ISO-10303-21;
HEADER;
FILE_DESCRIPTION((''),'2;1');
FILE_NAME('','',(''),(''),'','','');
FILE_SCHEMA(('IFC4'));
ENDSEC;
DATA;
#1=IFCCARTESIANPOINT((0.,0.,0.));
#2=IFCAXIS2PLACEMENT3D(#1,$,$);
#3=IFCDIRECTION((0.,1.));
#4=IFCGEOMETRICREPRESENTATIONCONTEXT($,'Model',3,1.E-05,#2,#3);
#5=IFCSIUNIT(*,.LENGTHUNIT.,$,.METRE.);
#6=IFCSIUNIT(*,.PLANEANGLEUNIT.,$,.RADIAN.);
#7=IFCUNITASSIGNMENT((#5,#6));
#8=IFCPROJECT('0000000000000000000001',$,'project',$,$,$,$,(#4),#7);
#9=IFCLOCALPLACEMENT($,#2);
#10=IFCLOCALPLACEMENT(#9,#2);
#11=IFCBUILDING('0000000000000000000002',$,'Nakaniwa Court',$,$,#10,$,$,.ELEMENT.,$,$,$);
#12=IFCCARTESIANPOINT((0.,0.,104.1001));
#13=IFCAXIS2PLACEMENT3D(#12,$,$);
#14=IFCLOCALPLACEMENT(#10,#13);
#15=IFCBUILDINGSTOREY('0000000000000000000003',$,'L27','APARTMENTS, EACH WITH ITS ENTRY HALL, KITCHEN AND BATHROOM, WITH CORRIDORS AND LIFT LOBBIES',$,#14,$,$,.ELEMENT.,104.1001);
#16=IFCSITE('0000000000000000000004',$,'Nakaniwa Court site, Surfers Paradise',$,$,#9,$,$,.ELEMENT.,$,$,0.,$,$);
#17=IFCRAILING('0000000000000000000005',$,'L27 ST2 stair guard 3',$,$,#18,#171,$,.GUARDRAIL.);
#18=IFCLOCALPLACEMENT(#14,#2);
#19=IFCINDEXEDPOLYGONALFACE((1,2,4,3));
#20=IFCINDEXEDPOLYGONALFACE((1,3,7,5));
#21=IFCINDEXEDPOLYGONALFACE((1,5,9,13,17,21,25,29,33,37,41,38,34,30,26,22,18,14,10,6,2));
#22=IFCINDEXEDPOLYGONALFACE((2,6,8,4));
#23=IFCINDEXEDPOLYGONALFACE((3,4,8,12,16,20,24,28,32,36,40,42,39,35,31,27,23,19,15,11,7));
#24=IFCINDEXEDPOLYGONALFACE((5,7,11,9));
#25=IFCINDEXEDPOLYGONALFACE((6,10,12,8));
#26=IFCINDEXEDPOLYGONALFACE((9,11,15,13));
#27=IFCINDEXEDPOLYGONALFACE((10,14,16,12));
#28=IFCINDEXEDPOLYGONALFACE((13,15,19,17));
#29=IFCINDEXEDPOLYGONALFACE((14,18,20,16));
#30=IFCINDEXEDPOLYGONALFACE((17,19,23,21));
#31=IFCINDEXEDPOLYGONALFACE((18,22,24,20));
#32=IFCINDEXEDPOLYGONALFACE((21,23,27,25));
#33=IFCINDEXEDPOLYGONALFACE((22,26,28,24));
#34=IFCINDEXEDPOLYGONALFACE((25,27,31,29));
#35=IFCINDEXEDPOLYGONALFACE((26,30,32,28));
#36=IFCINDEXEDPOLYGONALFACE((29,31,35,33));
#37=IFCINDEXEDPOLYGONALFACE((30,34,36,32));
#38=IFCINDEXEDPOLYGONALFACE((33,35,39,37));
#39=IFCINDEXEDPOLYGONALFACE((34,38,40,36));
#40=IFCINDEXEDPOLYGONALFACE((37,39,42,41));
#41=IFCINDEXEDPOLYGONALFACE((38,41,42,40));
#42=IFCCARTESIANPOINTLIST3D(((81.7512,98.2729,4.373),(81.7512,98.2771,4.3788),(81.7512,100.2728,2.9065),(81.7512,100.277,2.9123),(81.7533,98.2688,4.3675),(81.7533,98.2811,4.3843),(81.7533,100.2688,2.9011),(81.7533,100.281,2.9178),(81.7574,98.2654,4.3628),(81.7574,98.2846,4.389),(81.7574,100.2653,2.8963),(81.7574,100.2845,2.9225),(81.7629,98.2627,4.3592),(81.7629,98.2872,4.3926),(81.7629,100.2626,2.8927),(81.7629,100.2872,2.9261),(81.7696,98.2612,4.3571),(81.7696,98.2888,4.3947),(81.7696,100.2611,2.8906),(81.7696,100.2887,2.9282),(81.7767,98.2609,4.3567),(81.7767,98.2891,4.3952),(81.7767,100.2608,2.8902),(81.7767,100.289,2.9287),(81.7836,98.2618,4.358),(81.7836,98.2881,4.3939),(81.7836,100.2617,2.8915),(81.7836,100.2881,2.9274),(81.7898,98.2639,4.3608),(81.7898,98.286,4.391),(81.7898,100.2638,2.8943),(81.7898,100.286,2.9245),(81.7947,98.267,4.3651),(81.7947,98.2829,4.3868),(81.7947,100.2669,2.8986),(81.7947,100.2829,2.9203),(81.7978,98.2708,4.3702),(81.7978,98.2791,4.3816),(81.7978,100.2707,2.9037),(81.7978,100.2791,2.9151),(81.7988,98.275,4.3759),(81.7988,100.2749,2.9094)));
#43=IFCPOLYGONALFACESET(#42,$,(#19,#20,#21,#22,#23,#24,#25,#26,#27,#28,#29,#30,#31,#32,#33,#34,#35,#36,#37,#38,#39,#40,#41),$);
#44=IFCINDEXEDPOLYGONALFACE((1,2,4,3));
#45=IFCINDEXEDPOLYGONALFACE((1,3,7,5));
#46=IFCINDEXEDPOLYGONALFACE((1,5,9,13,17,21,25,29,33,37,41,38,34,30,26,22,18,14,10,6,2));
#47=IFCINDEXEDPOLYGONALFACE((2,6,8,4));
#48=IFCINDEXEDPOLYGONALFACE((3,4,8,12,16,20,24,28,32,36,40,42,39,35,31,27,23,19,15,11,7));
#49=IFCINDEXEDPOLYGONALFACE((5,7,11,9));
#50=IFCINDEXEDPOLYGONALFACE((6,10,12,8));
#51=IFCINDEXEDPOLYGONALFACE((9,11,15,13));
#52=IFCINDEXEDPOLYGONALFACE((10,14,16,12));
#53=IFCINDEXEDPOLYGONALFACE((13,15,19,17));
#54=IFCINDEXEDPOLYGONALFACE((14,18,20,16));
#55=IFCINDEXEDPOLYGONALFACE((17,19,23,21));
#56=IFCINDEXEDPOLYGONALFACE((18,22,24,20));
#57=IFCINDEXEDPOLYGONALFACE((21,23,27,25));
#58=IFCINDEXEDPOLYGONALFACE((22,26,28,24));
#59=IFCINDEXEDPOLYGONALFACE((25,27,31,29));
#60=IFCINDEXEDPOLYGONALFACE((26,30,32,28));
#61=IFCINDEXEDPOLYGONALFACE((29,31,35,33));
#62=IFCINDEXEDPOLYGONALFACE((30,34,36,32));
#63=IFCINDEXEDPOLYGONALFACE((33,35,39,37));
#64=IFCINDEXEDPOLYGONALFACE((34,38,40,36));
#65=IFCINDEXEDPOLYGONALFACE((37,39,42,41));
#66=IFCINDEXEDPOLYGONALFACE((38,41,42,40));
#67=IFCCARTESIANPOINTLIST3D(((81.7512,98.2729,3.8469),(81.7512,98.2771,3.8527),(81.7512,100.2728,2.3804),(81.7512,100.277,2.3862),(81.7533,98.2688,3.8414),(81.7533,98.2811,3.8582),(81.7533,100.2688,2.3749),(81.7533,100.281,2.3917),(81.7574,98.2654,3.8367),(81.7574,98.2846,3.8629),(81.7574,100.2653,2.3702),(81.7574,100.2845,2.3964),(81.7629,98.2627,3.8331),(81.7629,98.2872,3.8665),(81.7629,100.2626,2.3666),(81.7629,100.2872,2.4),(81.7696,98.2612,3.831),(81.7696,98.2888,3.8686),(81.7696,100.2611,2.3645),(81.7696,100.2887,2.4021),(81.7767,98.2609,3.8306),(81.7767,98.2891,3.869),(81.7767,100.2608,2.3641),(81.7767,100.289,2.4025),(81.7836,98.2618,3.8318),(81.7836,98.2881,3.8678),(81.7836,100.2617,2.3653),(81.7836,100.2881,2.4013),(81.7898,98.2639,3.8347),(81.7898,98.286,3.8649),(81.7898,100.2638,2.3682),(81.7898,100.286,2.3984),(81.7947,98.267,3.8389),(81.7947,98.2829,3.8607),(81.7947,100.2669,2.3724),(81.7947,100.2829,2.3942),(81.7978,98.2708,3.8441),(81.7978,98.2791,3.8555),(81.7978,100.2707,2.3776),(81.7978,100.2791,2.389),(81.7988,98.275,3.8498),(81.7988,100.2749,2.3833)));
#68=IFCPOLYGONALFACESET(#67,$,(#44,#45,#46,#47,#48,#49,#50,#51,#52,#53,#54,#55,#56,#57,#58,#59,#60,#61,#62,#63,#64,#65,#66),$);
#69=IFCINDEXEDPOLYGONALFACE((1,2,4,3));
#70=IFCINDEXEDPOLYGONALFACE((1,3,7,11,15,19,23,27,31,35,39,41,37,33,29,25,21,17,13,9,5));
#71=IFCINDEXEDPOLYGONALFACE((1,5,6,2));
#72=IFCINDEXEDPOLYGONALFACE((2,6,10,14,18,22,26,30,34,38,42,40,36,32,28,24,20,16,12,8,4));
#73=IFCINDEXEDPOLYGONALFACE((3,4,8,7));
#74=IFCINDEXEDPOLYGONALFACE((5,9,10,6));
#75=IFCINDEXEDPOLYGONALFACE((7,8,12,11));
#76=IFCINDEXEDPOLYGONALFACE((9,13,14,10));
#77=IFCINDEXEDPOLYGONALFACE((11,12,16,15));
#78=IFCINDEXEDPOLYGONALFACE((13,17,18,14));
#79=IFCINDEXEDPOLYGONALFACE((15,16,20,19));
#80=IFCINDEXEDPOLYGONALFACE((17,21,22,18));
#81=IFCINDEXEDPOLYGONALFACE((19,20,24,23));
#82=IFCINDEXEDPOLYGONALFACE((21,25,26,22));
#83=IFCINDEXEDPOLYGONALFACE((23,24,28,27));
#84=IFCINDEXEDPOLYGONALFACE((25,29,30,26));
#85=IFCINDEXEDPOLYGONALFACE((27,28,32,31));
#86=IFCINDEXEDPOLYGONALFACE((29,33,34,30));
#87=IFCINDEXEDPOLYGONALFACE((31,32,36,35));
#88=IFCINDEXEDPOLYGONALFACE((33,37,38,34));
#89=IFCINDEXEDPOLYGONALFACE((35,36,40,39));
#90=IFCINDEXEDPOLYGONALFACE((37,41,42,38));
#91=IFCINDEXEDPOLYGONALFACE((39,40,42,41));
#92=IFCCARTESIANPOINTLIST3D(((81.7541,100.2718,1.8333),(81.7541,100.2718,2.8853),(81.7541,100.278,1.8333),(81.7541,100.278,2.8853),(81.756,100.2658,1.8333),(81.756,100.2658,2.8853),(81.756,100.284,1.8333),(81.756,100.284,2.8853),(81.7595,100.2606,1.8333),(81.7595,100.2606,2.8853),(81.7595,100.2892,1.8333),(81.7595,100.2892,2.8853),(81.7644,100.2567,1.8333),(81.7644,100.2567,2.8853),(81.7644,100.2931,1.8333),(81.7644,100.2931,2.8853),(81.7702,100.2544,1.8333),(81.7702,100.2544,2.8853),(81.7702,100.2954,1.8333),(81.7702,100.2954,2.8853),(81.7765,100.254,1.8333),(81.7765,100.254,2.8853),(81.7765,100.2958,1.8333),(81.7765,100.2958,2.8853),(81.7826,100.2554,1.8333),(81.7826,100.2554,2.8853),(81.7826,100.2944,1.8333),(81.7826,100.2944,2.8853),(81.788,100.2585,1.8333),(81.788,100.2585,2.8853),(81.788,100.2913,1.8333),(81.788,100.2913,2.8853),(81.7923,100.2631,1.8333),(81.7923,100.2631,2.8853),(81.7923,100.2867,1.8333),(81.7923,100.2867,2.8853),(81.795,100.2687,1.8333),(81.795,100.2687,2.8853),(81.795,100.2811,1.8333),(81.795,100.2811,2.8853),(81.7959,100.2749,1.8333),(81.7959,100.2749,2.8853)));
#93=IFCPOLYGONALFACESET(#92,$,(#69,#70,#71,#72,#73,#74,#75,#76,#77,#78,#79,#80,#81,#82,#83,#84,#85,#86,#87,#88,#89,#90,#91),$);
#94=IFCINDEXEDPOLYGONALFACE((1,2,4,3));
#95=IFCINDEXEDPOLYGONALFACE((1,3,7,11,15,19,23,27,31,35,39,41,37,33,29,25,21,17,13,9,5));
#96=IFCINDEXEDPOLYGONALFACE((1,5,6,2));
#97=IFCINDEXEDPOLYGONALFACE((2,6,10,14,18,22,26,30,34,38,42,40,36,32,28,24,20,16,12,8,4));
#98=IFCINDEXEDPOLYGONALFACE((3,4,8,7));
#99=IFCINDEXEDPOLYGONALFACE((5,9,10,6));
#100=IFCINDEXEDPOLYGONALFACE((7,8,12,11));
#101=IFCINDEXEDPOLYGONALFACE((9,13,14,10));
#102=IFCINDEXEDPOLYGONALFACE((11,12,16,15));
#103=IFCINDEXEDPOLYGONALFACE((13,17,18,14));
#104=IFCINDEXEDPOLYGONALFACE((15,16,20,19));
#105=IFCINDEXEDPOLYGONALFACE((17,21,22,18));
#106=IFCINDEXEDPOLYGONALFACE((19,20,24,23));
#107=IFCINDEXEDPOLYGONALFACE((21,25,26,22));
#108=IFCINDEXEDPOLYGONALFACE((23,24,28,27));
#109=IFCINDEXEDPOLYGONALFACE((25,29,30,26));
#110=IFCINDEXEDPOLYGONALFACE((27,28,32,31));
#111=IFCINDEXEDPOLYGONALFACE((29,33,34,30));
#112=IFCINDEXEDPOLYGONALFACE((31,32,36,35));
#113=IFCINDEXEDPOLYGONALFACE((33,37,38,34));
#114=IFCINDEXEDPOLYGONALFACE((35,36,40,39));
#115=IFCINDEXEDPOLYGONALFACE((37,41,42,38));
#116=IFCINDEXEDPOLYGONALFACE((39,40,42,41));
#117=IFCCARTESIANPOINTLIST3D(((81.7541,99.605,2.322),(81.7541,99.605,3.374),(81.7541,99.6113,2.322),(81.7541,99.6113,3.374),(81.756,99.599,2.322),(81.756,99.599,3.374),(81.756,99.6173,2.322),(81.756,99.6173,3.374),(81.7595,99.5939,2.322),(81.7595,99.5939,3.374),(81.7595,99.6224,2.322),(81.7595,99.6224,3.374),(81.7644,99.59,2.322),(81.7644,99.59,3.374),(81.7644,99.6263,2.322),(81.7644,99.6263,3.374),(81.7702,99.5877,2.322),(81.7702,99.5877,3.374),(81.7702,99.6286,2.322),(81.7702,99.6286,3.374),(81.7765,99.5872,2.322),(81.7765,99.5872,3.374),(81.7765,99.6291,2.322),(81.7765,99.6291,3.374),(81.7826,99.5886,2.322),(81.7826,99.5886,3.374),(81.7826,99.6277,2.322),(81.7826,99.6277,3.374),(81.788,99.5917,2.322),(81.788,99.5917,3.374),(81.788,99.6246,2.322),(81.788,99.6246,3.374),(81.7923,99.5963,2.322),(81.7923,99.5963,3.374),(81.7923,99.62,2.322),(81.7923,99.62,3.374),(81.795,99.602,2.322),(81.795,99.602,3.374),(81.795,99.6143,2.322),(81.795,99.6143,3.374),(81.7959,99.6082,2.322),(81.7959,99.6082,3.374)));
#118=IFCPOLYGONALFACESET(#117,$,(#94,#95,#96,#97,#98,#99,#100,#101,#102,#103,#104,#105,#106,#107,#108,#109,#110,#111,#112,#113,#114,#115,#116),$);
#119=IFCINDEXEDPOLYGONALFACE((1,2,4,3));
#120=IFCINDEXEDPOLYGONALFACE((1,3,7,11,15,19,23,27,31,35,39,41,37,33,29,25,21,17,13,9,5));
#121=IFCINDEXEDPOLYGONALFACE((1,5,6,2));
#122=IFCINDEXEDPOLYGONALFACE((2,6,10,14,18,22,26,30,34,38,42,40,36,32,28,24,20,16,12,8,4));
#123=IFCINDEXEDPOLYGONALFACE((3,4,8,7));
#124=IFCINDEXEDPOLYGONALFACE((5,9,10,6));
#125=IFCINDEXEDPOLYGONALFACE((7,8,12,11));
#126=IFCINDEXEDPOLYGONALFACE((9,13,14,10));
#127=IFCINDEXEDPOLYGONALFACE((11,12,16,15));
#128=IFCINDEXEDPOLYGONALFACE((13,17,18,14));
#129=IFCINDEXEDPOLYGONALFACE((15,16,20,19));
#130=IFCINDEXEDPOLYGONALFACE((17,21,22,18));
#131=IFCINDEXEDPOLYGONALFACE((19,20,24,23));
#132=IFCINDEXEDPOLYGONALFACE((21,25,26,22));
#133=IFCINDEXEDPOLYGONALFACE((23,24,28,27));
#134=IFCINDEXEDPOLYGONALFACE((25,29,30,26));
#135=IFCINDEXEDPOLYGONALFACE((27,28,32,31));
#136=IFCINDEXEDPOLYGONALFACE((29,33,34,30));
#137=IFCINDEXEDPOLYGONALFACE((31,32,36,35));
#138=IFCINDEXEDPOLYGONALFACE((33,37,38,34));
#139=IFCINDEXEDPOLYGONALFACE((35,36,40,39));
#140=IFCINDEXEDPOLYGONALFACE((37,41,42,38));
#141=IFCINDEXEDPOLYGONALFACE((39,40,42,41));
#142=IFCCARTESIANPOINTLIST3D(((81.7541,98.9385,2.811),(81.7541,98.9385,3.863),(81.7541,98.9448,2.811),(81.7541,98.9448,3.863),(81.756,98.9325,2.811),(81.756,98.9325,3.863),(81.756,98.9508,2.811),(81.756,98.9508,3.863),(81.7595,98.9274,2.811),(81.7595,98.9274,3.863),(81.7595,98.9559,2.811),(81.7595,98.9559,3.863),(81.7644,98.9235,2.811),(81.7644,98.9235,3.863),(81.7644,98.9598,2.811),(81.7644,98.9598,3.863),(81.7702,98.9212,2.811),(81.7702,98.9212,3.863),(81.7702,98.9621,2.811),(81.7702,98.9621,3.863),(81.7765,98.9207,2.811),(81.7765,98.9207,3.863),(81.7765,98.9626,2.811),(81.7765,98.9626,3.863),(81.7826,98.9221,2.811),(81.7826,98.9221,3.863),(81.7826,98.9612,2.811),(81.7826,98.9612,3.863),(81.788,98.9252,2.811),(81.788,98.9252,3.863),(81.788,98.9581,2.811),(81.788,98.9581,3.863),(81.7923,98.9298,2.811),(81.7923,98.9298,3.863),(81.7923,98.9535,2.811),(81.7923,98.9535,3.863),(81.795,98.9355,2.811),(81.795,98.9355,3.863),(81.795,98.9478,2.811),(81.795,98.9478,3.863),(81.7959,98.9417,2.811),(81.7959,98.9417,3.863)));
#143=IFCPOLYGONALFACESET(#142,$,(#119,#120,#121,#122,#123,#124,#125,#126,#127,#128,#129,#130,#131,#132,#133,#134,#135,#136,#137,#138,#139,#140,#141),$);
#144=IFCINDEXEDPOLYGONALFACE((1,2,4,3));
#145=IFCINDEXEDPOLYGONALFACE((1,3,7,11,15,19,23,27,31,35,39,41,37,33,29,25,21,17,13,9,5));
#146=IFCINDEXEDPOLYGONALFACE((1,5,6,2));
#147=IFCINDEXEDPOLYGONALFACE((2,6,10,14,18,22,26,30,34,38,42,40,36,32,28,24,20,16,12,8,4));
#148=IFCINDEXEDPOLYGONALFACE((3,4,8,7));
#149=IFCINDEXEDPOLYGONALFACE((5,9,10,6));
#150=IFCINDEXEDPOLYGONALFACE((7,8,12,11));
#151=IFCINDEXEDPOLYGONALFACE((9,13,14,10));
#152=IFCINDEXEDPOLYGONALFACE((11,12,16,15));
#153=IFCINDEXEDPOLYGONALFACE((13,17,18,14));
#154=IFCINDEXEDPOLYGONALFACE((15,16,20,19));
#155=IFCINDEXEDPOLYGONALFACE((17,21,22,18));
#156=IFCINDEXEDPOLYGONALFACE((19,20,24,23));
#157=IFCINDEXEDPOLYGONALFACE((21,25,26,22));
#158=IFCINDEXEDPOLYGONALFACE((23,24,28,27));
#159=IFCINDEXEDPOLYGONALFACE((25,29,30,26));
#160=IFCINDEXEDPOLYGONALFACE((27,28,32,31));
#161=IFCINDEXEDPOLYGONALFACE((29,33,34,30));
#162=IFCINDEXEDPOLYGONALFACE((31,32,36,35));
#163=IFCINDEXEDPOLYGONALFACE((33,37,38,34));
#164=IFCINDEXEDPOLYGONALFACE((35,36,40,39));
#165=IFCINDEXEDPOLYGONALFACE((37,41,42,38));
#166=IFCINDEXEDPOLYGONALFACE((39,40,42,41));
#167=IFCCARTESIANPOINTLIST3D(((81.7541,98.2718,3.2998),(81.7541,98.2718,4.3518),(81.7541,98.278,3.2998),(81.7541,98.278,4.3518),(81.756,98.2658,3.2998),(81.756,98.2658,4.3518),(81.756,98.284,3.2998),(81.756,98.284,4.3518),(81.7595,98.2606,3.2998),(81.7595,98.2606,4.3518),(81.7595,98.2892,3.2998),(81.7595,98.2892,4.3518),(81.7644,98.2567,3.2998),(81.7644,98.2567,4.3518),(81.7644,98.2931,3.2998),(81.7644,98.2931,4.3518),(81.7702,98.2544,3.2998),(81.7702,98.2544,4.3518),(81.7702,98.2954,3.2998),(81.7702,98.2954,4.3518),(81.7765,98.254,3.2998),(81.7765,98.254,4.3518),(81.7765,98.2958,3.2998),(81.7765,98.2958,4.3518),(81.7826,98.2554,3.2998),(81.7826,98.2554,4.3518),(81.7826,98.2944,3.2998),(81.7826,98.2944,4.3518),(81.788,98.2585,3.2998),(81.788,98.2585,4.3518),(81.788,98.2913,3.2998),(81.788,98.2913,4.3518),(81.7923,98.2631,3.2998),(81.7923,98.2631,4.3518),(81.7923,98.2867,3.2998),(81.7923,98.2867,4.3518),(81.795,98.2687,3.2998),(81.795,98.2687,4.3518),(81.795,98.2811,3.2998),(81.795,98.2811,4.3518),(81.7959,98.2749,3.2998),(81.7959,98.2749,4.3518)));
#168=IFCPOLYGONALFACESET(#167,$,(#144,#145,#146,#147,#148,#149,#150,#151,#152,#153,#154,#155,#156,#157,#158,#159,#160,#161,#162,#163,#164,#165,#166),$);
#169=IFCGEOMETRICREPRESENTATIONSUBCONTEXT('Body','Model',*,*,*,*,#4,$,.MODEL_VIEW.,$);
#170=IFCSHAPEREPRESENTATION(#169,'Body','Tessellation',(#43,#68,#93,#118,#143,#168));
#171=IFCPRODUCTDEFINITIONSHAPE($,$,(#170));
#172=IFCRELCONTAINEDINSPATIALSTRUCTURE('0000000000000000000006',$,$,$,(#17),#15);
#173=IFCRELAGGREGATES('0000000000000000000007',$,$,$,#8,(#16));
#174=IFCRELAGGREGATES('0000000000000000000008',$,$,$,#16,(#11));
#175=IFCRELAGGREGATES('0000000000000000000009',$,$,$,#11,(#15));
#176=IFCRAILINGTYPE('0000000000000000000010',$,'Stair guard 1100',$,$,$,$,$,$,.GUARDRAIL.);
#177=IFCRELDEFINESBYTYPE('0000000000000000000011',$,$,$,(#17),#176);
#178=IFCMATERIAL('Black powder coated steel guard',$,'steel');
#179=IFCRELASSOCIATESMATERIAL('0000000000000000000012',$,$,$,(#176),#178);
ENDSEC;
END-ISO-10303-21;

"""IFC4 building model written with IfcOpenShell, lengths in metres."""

from ifc_helpers import new_model, si_unit, direction, frame, origin, origin_2d, place, context, subcontext, project, spatial, circle, extrude, material, type_object, element, save


model = new_model("IFC4")

# Units and contexts
model_context = context("Model", 3, precision=1e-05, world=origin(), true_north=direction((0.0, 1.0)))
body_context = subcontext(model_context, "Body", "Model", "MODEL_VIEW")
ifc_project = project(units=[si_unit("LENGTHUNIT", "METRE"), si_unit("PLANEANGLEUNIT", "RADIAN")], contexts=[model_context])

# Site, building, storey
site_placement = place(None, origin())
site = spatial("IfcSite", under=ifc_project, at=site_placement, Name="Nakaniwa Court site, Surfers Paradise", CompositionType="ELEMENT", RefElevation=0.0)
building_placement = place(site_placement, origin())
building = spatial("IfcBuilding", under=site, at=building_placement, Name="Nakaniwa Court", CompositionType="ELEMENT")
storey_placement = place(building_placement, frame((0.0, 0.0, 104.1001)))
storey = spatial("IfcBuildingStorey", under=building, at=storey_placement, Name="L27", Description="APARTMENTS, EACH WITH ITS ENTRY HALL, KITCHEN AND BATHROOM, WITH CORRIDORS AND LIFT LOBBIES", CompositionType="ELEMENT", Elevation=104.1001)

# Railing
ifc_material_1 = material(Name="Black powder coated steel guard", Category="steel")
railing_type_1 = type_object("IfcRailingType", Name="Stair guard 1100", PredefinedType="GUARDRAIL", material=ifc_material_1)
railing_1_placement = place(storey_placement, frame((81.7749, 100.2749, 1.8333)))
element("IfcRailing", 1, at=railing_1_placement, inside=storey, type_object=railing_type_1, Name="L27 ST2 stair guard 3", PredefinedType="GUARDRAIL", context=body_context, shape_type="SweptSolid", body=[
    extrude(circle(Radius=0.0239, at=origin_2d()), frame((0.0, 0.0, 1.0762), z_axis=(0.0, -0.806427, 0.591334), x_axis=(1.0, 0.0, 0.0)), (0.0, 0.0, 1.0), 2.48),
    extrude(circle(Radius=0.0239, at=origin_2d()), frame((0.0, 0.0, 0.55), z_axis=(0.0, -0.806427, 0.591334), x_axis=(1.0, 0.0, 0.0)), (0.0, 0.0, 1.0), 2.48),
    extrude(circle(Radius=0.021, at=origin_2d()), origin(), (0.0, 0.0, 1.0), 1.052),
    extrude(circle(Radius=0.021, at=origin_2d()), frame((0.0, -0.6667, 0.4888)), (0.0, 0.0, 1.0), 1.052),
    extrude(circle(Radius=0.021, at=origin_2d()), frame((0.0, -1.3333, 0.9778)), (0.0, 0.0, 1.0), 1.052),
    extrude(circle(Radius=0.021, at=origin_2d()), frame((0.0, -2.0, 1.4666)), (0.0, 0.0, 1.0), 1.052),
])

save(model, "model.ifc")
